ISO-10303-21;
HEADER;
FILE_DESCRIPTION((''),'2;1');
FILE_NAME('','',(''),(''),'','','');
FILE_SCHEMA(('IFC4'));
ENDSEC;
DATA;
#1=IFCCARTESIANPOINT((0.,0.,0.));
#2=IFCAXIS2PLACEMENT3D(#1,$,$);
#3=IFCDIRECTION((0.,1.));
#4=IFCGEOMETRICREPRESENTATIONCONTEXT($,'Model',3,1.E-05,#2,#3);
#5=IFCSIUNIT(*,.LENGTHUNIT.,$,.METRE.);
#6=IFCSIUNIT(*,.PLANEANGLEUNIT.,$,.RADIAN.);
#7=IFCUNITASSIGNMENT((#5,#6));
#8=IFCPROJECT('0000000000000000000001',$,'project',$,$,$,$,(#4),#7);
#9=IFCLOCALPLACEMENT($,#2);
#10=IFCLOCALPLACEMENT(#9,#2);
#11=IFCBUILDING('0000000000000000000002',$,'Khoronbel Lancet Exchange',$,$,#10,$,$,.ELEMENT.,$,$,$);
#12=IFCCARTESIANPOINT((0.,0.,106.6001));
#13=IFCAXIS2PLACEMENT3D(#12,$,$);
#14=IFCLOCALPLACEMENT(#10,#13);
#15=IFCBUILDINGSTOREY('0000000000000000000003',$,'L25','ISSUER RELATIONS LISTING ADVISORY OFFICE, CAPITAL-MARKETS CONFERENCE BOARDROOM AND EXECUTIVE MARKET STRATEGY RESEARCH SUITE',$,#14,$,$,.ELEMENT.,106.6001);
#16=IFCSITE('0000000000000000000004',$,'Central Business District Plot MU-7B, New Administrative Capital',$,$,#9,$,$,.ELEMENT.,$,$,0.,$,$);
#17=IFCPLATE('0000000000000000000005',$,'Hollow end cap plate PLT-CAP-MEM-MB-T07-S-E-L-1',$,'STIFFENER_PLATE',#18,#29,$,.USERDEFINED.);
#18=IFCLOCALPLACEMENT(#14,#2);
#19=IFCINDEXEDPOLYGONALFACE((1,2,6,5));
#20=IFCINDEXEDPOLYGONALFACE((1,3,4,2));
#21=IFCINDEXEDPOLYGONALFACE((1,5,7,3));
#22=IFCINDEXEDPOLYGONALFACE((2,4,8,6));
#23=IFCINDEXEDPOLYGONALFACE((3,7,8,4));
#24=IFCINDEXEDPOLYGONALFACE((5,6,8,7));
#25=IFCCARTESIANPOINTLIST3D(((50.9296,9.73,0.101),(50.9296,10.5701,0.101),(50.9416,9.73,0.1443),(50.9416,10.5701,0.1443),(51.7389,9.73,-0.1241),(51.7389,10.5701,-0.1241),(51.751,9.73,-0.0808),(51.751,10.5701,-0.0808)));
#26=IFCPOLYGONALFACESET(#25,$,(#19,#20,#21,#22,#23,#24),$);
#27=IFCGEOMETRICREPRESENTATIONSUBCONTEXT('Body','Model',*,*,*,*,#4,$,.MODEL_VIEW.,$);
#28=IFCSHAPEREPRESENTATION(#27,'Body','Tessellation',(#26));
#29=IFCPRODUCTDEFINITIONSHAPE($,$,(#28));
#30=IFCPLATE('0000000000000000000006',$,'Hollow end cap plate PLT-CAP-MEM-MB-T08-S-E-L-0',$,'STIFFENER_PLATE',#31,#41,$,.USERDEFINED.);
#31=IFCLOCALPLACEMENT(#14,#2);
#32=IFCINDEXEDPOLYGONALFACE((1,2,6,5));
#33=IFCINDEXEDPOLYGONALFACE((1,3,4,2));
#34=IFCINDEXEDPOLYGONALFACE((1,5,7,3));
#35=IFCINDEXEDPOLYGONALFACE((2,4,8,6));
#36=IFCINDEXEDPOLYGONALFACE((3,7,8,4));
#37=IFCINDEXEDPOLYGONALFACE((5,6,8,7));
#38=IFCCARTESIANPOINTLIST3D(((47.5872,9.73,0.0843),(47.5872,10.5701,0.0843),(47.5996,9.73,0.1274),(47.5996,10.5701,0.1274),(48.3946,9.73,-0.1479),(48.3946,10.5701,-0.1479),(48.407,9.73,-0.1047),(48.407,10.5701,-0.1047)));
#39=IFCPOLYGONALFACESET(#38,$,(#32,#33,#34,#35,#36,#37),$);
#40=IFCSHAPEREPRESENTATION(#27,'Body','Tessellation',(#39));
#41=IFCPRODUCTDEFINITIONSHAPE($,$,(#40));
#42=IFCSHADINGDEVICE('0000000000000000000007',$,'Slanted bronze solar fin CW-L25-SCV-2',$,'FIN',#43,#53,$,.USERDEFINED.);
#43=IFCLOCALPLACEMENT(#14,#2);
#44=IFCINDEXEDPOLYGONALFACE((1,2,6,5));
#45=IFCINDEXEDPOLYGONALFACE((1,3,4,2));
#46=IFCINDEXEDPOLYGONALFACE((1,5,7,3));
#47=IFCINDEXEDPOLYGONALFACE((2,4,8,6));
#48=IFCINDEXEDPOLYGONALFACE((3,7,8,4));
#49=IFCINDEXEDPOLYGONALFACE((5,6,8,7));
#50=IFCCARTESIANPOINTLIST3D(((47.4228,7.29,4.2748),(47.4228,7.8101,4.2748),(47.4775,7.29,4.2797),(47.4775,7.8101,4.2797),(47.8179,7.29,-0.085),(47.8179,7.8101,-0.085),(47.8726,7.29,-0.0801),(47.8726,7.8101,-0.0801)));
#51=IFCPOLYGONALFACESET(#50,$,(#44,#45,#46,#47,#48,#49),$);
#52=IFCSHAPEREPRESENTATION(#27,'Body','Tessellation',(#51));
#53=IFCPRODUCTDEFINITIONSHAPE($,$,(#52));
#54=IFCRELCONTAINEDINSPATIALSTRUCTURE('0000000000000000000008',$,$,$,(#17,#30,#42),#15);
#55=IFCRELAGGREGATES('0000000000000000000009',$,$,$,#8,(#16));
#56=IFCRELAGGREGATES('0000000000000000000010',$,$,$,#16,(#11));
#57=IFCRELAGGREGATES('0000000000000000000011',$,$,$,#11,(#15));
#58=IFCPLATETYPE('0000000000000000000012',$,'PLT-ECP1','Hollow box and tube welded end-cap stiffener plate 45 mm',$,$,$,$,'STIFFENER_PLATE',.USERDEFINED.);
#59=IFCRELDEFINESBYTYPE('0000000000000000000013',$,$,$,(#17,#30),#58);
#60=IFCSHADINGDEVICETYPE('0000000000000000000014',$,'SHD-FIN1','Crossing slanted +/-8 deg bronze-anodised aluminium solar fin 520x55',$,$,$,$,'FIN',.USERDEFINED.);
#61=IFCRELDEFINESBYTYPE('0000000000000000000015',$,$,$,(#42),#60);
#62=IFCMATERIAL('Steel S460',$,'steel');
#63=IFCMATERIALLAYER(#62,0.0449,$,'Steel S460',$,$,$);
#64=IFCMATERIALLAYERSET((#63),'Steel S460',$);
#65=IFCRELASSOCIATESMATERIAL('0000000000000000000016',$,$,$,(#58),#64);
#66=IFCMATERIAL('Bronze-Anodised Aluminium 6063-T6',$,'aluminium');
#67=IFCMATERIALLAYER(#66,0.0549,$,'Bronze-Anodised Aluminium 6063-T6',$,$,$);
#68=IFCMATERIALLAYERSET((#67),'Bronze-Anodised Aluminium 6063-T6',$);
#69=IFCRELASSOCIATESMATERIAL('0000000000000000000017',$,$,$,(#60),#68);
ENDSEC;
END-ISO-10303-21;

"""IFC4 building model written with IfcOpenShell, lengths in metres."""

from ifc_helpers import new_model, si_unit, direction, frame, origin, place, context, subcontext, project, spatial, polyline, outline, extrude, material, layer, layer_set, type_object, element, save


model = new_model("IFC4")

# Units and contexts
model_context = context("Model", 3, precision=1e-05, world=origin(), true_north=direction((0.0, 1.0)))
body_context = subcontext(model_context, "Body", "Model", "MODEL_VIEW")
ifc_project = project(units=[si_unit("LENGTHUNIT", "METRE"), si_unit("PLANEANGLEUNIT", "RADIAN")], contexts=[model_context])

# Site, building, storey
site_placement = place(None, origin())
site = spatial("IfcSite", under=ifc_project, at=site_placement, Name="Central Business District Plot MU-7B, New Administrative Capital", CompositionType="ELEMENT", RefElevation=0.0)
building_placement = place(site_placement, origin())
building = spatial("IfcBuilding", under=site, at=building_placement, Name="Khoronbel Lancet Exchange", CompositionType="ELEMENT")
storey_placement = place(building_placement, frame((0.0, 0.0, 106.6001)))
storey = spatial("IfcBuildingStorey", under=building, at=storey_placement, Name="L25", Description="ISSUER RELATIONS LISTING ADVISORY OFFICE, CAPITAL-MARKETS CONFERENCE BOARDROOM AND EXECUTIVE MARKET STRATEGY RESEARCH SUITE", CompositionType="ELEMENT", Elevation=106.6001)

# Shared definitions
ifc_material_1 = material(Name="Steel S460", Category="steel")

# Shared definitions
ifc_material_2 = material(Name="Bronze-Anodised Aluminium 6063-T6", Category="aluminium")

# Plates
ifc_layer_1 = layer(ifc_material_1, 0.0449, Name="Steel S460")
ifc_layer_set_1 = layer_set([ifc_layer_1], Name="Steel S460")
plate_type_1 = type_object("IfcPlateType", Name="PLT-ECP1", Description="Hollow box and tube welded end-cap stiffener plate 45 mm", ElementType="STIFFENER_PLATE", PredefinedType="USERDEFINED", material=ifc_layer_set_1)
for number, where, z_axis, x_axis, name in (
    (1, (51.751, 9.73, -0.0808), (0.267959, 0.0, 0.96343), (0.0, 1.0, 0.0), "Hollow end cap plate PLT-CAP-MEM-MB-T07-S-E-L-1"),
    (2, (48.407, 9.73, -0.1047), (0.276371, 0.0, 0.961051), (0.0, 1.0, 0.0), "Hollow end cap plate PLT-CAP-MEM-MB-T08-S-E-L-0"),
):
    element("IfcPlate", number, at=place(storey_placement, frame(where, z_axis=z_axis, x_axis=x_axis)), inside=storey, type_object=plate_type_1, Name=name, ObjectType="STIFFENER_PLATE", PredefinedType="USERDEFINED", context=body_context, shape_type="SweptSolid", body=[
        extrude(outline(polyline([(0.0, 0.0), (0.8401, 0.0), (0.8401, 0.8401), (0.0, 0.8401), (0.0, 0.0)])), origin(), (0.0, 0.0, -1.0), 0.0449),
    ])

# Shading device
ifc_layer_2 = layer(ifc_material_2, 0.0549, Name="Bronze-Anodised Aluminium 6063-T6")
ifc_layer_set_2 = layer_set([ifc_layer_2], Name="Bronze-Anodised Aluminium 6063-T6")
shading_device_type = type_object("IfcShadingDeviceType", Name="SHD-FIN1", Description="Crossing slanted +/-8 deg bronze-anodised aluminium solar fin 520x55", ElementType="FIN", PredefinedType="USERDEFINED", material=ifc_layer_set_2)
shading_device_placement = place(storey_placement, frame((47.8726, 7.8101, -0.0801), z_axis=(0.995921, 0.0, 0.090234), x_axis=(0.0, -1.0, 0.0)))
element("IfcShadingDevice", 3, at=shading_device_placement, inside=storey, type_object=shading_device_type, Name="Slanted bronze solar fin CW-L25-SCV-2", ObjectType="FIN", PredefinedType="USERDEFINED", context=body_context, shape_type="SweptSolid", body=[
    extrude(outline(polyline([(0.0, 0.0), (0.52, 0.0), (0.52, -4.3777), (0.0, -4.3777), (0.0, 0.0)])), origin(), (0.0, 0.0, -1.0), 0.0549),
])

save(model, "model.ifc")
